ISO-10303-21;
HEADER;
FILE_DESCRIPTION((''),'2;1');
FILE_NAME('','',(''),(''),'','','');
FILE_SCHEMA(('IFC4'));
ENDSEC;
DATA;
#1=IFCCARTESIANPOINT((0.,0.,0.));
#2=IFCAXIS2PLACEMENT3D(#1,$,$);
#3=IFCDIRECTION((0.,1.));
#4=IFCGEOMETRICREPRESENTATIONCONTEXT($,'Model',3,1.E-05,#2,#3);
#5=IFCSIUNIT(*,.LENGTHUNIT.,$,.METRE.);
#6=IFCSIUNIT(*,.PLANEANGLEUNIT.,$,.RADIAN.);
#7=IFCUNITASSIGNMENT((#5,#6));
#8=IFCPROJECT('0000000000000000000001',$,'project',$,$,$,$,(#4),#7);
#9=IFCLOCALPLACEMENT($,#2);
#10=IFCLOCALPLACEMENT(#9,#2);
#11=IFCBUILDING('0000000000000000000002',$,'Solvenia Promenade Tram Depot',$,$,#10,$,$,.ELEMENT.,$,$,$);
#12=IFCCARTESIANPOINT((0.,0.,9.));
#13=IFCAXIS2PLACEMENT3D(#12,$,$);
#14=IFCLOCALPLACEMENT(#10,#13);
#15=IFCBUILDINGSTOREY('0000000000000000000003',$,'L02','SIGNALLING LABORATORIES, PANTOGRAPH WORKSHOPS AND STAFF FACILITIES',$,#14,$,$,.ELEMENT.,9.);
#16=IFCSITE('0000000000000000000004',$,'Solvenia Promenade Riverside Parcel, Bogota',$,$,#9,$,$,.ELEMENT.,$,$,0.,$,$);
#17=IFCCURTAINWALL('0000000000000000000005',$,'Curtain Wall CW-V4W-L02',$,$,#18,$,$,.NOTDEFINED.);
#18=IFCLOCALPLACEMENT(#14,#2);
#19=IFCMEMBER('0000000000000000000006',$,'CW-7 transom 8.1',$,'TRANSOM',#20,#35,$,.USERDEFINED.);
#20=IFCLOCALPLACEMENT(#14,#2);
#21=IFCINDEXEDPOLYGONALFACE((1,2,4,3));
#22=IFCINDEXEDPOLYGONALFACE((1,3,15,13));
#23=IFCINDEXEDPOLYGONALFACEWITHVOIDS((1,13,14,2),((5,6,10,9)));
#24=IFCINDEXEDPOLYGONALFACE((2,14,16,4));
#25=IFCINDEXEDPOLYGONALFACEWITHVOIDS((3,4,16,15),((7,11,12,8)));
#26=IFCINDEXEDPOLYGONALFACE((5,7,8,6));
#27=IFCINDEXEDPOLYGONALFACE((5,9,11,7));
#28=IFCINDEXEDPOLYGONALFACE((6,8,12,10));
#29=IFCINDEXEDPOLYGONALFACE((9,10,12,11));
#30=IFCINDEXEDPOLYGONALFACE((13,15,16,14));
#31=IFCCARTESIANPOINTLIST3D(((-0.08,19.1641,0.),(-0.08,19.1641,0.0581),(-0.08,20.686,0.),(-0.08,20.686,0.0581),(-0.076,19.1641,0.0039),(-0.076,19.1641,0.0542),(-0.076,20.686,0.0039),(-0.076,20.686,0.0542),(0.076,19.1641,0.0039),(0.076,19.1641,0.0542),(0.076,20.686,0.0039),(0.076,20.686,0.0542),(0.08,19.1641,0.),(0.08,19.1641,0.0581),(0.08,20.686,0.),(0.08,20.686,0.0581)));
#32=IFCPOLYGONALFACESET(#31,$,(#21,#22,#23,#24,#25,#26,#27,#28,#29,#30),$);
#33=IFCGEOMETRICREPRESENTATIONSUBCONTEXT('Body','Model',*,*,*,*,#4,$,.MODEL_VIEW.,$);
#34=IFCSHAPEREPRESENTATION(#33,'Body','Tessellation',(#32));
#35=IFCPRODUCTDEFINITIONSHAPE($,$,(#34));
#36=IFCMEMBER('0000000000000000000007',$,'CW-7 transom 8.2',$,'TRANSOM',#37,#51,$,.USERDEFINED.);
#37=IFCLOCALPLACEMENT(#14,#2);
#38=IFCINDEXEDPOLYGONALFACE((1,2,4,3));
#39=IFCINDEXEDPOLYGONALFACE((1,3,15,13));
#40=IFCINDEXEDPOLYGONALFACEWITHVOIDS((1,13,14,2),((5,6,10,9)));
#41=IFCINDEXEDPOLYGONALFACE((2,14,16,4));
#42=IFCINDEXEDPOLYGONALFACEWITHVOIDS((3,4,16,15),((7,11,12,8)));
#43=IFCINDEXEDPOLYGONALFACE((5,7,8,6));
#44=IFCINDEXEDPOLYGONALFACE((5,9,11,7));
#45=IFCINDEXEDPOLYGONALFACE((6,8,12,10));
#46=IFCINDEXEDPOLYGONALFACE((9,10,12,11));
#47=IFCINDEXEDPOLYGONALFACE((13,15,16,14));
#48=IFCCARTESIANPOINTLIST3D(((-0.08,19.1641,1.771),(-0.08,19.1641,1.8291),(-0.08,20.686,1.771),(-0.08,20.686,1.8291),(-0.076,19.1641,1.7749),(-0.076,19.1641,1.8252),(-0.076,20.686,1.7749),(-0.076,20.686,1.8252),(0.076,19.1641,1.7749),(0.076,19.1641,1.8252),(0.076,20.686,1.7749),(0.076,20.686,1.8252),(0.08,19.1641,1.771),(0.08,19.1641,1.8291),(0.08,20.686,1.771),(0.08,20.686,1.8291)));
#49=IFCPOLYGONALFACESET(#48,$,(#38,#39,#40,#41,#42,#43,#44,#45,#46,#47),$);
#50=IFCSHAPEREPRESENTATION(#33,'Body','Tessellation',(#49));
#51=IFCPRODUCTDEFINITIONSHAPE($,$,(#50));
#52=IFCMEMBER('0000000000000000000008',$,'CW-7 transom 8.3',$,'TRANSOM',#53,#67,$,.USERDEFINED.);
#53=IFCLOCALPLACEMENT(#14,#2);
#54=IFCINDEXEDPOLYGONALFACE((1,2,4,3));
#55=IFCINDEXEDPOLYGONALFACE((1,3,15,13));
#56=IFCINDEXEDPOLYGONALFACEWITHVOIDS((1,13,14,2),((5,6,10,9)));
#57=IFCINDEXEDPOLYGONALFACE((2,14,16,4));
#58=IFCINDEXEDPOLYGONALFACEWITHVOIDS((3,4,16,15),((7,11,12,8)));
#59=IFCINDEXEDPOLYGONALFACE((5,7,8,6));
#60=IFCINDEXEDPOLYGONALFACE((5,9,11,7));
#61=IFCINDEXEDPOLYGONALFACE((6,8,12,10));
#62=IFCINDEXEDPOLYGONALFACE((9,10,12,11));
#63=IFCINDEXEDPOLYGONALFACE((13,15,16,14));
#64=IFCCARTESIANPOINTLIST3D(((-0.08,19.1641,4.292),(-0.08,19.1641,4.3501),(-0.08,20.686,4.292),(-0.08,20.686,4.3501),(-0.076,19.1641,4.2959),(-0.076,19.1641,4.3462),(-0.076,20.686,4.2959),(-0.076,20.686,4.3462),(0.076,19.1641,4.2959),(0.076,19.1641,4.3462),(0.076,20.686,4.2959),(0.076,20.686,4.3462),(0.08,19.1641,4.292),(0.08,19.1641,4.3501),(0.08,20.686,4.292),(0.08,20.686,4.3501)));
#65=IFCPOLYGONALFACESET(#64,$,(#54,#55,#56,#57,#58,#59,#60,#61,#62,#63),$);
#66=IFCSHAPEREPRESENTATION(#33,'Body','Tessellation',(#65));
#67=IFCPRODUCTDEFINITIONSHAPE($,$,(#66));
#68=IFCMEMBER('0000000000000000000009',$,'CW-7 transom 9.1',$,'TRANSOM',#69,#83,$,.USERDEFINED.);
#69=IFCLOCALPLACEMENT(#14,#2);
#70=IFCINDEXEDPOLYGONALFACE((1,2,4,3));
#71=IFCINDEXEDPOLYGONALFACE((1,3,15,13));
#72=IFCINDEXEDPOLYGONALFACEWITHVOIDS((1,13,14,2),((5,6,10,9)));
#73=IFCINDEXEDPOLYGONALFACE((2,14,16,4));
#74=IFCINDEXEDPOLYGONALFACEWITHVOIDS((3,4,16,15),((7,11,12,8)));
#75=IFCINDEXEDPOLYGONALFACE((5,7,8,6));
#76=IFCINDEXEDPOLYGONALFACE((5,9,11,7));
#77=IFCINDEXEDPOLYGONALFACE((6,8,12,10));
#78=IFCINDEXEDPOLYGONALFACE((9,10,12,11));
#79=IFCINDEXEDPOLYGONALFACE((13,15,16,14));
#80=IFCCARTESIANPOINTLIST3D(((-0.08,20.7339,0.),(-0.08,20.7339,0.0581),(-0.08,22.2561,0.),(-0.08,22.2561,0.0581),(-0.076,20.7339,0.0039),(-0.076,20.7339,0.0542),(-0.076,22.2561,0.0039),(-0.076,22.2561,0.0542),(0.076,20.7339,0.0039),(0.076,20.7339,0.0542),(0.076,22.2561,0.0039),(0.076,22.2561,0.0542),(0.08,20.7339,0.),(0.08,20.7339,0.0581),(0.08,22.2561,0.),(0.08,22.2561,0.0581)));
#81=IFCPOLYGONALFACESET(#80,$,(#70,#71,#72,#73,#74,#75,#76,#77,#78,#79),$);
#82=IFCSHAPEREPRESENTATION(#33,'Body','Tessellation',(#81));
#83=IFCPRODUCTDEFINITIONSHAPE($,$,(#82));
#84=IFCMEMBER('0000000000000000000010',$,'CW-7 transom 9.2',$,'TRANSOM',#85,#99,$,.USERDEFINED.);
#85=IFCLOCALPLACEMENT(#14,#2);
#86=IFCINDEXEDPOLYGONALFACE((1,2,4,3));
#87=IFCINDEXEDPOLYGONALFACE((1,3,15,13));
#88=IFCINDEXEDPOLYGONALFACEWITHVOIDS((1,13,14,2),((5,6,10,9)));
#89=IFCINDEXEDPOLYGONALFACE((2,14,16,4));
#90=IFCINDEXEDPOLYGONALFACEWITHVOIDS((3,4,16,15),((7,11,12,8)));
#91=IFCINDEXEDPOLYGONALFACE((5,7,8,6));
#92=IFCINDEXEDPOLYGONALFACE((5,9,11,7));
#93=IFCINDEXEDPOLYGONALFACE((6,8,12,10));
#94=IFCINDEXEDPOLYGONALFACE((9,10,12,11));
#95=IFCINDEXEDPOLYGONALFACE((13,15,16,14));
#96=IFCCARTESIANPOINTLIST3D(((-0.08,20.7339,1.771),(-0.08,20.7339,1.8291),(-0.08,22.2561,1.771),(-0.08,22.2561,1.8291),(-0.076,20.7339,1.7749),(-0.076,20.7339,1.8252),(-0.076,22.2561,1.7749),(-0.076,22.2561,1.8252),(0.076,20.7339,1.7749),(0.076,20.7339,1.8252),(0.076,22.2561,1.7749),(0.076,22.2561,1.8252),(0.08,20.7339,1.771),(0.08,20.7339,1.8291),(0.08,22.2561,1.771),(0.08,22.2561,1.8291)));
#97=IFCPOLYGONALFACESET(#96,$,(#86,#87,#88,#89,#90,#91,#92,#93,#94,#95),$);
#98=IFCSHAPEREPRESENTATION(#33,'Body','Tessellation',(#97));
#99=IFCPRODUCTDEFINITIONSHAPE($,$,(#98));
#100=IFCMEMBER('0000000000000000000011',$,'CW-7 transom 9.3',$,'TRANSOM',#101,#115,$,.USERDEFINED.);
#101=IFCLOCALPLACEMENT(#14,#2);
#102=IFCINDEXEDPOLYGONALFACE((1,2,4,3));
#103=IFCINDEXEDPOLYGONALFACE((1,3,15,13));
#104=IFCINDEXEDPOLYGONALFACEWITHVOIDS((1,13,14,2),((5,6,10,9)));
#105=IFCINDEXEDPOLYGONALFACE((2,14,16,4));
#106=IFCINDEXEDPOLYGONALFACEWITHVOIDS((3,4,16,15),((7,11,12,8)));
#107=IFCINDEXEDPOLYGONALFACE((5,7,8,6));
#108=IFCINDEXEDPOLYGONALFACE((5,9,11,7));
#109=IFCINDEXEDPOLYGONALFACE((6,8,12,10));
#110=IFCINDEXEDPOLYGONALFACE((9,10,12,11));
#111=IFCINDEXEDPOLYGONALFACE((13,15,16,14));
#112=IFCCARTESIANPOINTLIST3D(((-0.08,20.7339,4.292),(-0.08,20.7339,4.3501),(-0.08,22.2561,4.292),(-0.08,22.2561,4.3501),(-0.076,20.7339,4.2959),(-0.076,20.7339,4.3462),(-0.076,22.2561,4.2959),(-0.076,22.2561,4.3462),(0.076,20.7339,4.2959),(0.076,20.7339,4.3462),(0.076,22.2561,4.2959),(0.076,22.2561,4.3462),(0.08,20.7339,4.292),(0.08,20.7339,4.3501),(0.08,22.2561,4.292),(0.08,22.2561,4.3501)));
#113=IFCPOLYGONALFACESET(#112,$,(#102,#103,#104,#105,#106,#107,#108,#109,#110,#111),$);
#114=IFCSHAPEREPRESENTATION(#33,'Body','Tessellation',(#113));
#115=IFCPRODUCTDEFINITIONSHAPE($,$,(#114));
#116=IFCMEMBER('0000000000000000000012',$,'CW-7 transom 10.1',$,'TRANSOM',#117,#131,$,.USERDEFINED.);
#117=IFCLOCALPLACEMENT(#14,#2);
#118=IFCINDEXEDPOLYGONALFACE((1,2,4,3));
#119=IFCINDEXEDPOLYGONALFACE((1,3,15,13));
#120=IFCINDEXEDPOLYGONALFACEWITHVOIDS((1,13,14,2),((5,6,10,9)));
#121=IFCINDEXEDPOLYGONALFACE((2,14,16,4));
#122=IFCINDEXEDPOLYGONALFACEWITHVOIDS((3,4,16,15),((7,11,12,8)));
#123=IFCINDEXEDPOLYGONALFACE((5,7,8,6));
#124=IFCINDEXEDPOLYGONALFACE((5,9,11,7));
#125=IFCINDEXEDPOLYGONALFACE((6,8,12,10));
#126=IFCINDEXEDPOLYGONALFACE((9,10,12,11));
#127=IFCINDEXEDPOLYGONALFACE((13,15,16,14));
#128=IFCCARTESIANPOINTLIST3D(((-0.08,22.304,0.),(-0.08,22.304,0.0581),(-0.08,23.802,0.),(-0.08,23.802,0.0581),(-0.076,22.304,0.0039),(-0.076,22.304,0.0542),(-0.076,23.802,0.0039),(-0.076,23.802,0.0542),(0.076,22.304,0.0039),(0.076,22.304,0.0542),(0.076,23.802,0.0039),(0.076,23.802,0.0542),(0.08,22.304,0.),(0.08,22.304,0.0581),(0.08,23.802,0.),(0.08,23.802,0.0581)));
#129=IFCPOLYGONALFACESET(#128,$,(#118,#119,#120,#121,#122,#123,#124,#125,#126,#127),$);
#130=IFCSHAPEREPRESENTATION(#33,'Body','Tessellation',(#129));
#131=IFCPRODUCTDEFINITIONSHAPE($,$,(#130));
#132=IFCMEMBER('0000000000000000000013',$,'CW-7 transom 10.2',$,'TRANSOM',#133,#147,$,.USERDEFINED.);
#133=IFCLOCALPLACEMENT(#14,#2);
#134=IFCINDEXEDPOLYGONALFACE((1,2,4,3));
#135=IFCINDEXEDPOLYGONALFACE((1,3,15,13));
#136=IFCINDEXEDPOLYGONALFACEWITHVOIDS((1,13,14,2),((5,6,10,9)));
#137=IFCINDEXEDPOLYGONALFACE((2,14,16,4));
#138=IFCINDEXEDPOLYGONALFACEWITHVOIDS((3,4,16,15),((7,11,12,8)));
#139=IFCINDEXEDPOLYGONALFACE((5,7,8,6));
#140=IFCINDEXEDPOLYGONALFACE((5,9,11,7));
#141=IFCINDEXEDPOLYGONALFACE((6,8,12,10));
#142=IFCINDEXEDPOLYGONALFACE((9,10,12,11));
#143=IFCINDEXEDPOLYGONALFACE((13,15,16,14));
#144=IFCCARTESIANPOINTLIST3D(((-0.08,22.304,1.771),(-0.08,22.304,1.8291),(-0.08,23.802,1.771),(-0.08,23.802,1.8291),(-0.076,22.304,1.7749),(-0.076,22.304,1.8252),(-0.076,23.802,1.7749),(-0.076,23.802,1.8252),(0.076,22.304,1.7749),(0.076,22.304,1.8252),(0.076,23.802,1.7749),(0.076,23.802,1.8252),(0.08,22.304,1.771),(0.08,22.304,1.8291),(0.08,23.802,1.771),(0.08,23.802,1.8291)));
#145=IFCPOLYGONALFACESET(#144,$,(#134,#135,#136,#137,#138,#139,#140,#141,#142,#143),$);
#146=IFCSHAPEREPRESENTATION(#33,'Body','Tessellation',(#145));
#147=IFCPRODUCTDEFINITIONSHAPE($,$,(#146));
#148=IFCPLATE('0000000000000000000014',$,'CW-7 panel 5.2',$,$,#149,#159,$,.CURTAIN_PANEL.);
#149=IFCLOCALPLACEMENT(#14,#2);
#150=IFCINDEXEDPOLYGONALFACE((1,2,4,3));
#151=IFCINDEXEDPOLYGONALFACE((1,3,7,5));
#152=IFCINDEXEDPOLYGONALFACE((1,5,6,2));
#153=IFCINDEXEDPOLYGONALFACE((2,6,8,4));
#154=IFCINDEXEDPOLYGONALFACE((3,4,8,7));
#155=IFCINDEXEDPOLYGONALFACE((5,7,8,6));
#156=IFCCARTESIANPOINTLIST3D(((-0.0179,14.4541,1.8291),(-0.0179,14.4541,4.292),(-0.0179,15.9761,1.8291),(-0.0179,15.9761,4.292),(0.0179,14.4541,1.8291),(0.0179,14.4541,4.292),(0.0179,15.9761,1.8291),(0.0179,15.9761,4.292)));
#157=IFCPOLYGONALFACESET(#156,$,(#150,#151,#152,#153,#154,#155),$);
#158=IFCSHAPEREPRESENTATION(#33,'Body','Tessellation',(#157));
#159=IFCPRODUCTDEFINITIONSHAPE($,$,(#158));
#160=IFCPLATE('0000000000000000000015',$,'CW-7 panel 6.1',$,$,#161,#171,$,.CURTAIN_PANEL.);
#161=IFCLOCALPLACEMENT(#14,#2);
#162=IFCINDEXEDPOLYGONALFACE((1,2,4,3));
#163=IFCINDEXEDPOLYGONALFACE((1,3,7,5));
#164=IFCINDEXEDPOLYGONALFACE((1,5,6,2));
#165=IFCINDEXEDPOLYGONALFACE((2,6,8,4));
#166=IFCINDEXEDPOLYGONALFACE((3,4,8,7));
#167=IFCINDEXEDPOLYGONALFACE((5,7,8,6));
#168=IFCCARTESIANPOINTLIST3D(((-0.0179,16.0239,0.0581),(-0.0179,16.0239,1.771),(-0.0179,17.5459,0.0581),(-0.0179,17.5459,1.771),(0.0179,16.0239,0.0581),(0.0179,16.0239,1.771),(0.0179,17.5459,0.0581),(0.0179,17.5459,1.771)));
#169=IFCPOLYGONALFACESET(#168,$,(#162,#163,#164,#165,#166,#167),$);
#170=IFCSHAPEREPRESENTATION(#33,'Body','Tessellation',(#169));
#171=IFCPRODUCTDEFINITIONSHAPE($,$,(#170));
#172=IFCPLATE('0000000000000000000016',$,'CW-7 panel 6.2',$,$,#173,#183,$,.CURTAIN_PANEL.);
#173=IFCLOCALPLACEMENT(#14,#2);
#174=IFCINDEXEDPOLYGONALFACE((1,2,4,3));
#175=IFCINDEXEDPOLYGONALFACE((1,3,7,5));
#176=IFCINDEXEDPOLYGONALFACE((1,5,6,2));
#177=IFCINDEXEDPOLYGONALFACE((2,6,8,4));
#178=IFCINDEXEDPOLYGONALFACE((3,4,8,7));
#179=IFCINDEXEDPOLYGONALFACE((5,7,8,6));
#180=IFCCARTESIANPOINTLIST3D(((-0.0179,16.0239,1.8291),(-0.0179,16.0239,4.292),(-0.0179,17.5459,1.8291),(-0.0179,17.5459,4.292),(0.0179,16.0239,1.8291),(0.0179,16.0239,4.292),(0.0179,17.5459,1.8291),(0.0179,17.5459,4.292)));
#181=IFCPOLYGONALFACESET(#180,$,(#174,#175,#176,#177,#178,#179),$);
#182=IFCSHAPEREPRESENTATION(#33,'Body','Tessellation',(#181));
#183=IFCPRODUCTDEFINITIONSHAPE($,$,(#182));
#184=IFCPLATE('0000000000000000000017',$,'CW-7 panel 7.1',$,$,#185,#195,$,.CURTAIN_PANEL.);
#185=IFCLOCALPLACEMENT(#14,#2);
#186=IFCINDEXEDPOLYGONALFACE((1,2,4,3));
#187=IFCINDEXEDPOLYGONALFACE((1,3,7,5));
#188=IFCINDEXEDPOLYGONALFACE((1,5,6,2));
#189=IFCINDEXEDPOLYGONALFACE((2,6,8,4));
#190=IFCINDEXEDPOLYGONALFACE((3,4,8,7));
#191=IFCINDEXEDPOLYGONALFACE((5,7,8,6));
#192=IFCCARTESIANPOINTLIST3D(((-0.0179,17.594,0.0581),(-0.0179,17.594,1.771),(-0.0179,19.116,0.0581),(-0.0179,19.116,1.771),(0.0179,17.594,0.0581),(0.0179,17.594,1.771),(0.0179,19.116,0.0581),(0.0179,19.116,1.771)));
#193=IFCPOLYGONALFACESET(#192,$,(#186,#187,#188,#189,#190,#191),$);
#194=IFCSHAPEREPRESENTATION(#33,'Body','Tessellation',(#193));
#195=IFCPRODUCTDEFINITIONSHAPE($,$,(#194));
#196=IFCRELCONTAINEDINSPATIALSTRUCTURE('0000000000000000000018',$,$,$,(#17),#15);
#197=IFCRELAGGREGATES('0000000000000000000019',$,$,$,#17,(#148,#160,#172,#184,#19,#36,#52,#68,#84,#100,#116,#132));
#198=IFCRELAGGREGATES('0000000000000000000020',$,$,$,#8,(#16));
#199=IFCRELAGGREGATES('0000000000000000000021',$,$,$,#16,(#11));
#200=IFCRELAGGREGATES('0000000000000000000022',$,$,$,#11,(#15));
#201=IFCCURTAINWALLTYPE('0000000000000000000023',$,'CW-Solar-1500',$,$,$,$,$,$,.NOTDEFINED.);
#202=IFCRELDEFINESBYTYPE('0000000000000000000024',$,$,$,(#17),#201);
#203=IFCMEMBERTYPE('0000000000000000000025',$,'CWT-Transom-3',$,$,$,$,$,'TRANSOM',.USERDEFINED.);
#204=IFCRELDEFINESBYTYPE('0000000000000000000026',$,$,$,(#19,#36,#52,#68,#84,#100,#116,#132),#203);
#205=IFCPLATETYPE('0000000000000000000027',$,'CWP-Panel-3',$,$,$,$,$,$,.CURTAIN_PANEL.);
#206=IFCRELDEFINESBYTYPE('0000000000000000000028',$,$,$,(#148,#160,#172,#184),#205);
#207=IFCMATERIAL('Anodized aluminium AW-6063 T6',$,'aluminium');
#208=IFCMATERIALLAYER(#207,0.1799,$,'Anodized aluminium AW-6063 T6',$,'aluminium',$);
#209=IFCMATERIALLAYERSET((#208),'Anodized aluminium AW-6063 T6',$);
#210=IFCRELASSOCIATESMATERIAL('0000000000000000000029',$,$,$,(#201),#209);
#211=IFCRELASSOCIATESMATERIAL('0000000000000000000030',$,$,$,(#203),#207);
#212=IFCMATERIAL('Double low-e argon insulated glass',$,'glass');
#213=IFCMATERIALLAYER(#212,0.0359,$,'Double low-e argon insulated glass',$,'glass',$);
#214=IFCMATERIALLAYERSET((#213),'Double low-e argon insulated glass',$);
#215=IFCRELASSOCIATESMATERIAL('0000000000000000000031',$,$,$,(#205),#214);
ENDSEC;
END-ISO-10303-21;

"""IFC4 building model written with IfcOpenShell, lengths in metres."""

from ifc_helpers import new_model, si_unit, direction, frame, origin, origin_2d, place, context, subcontext, project, spatial, rectangle, hollow_rectangle, extrude, material, layer, layer_set, material_profile, profile_set, type_object, element, aggregate, save


model = new_model("IFC4")

# Units and contexts
model_context = context("Model", 3, precision=1e-05, world=origin(), true_north=direction((0.0, 1.0)))
body_context = subcontext(model_context, "Body", "Model", "MODEL_VIEW")
ifc_project = project(units=[si_unit("LENGTHUNIT", "METRE"), si_unit("PLANEANGLEUNIT", "RADIAN")], contexts=[model_context])

# Site, building, storey
site_placement = place(None, origin())
site = spatial("IfcSite", under=ifc_project, at=site_placement, Name="Solvenia Promenade Riverside Parcel, Bogota", CompositionType="ELEMENT", RefElevation=0.0)
building_placement = place(site_placement, origin())
building = spatial("IfcBuilding", under=site, at=building_placement, Name="Solvenia Promenade Tram Depot", CompositionType="ELEMENT")
storey_placement = place(building_placement, frame((0.0, 0.0, 9.0)))
storey = spatial("IfcBuildingStorey", under=building, at=storey_placement, Name="L02", Description="SIGNALLING LABORATORIES, PANTOGRAPH WORKSHOPS AND STAFF FACILITIES", CompositionType="ELEMENT", Elevation=9.0)

# Curtain wall, members, plates
ifc_material_1 = material(Name="Anodized aluminium AW-6063 T6", Category="aluminium")
ifc_layer_1 = layer(ifc_material_1, 0.1799, Name="Anodized aluminium AW-6063 T6", Category="aluminium")
ifc_layer_set_1 = layer_set([ifc_layer_1], Name="Anodized aluminium AW-6063 T6")
curtain_wall_type = type_object("IfcCurtainWallType", Name="CW-Solar-1500", PredefinedType="NOTDEFINED", material=ifc_layer_set_1)
curtain_wall_placement = place(storey_placement, origin())
curtain_wall = element("IfcCurtainWall", 1, at=curtain_wall_placement, inside=storey, type_object=curtain_wall_type, Name="Curtain Wall CW-V4W-L02", PredefinedType="NOTDEFINED")
ifc_material_profile_1 = material_profile(ifc_material_1, hollow_rectangle(XDim=0.1599, YDim=0.0581, WallThickness=0.0039, at=origin_2d()), Name="ALU-T3", Category="aluminium")
ifc_profile_set_1 = profile_set([ifc_material_profile_1], Name="Anodized aluminium AW-6063 T6")
member_type_1 = type_object("IfcMemberType", Name="CWT-Transom-3", ElementType="TRANSOM", PredefinedType="USERDEFINED", material=ifc_profile_set_1)
member_1_placement = place(storey_placement, frame((0.0, 19.1641, 0.0291), z_axis=(0.0, 1.0, 0.0), x_axis=(-1.0, 0.0, 0.0)))
member_1 = element("IfcMember", 2, at=member_1_placement, type_object=member_type_1, Name="CW-7 transom 8.1", ObjectType="TRANSOM", PredefinedType="USERDEFINED", context=body_context, shape_type="SweptSolid", body=[
    extrude(hollow_rectangle(XDim=0.1599, YDim=0.0581, WallThickness=0.0039, at=origin_2d()), origin(), (0.0, 0.0, 1.0), 1.522),
])
member_2_placement = place(storey_placement, frame((0.0, 19.1641, 1.8), z_axis=(0.0, 1.0, 0.0), x_axis=(-1.0, 0.0, 0.0)))
member_2 = element("IfcMember", 3, at=member_2_placement, type_object=member_type_1, Name="CW-7 transom 8.2", ObjectType="TRANSOM", PredefinedType="USERDEFINED", context=body_context, shape_type="SweptSolid", body=[
    extrude(hollow_rectangle(XDim=0.1599, YDim=0.0581, WallThickness=0.0039, at=origin_2d()), origin(), (0.0, 0.0, 1.0), 1.522),
])
member_3_placement = place(storey_placement, frame((0.0, 19.1641, 4.321), z_axis=(0.0, 1.0, 0.0), x_axis=(-1.0, 0.0, 0.0)))
member_3 = element("IfcMember", 4, at=member_3_placement, type_object=member_type_1, Name="CW-7 transom 8.3", ObjectType="TRANSOM", PredefinedType="USERDEFINED", context=body_context, shape_type="SweptSolid", body=[
    extrude(hollow_rectangle(XDim=0.1599, YDim=0.0581, WallThickness=0.0039, at=origin_2d()), origin(), (0.0, 0.0, 1.0), 1.522),
])
member_4_placement = place(storey_placement, frame((0.0, 20.7339, 0.0291), z_axis=(0.0, 1.0, 0.0), x_axis=(-1.0, 0.0, 0.0)))
member_4 = element("IfcMember", 5, at=member_4_placement, type_object=member_type_1, Name="CW-7 transom 9.1", ObjectType="TRANSOM", PredefinedType="USERDEFINED", context=body_context, shape_type="SweptSolid", body=[
    extrude(hollow_rectangle(XDim=0.1599, YDim=0.0581, WallThickness=0.0039, at=origin_2d()), origin(), (0.0, 0.0, 1.0), 1.5222),
])
member_5_placement = place(storey_placement, frame((0.0, 20.7339, 1.8), z_axis=(0.0, 1.0, 0.0), x_axis=(-1.0, 0.0, 0.0)))
member_5 = element("IfcMember", 6, at=member_5_placement, type_object=member_type_1, Name="CW-7 transom 9.2", ObjectType="TRANSOM", PredefinedType="USERDEFINED", context=body_context, shape_type="SweptSolid", body=[
    extrude(hollow_rectangle(XDim=0.1599, YDim=0.0581, WallThickness=0.0039, at=origin_2d()), origin(), (0.0, 0.0, 1.0), 1.5222),
])
member_6_placement = place(storey_placement, frame((0.0, 20.7339, 4.321), z_axis=(0.0, 1.0, 0.0), x_axis=(-1.0, 0.0, 0.0)))
member_6 = element("IfcMember", 7, at=member_6_placement, type_object=member_type_1, Name="CW-7 transom 9.3", ObjectType="TRANSOM", PredefinedType="USERDEFINED", context=body_context, shape_type="SweptSolid", body=[
    extrude(hollow_rectangle(XDim=0.1599, YDim=0.0581, WallThickness=0.0039, at=origin_2d()), origin(), (0.0, 0.0, 1.0), 1.5222),
])
member_7_placement = place(storey_placement, frame((0.0, 22.304, 0.0291), z_axis=(0.0, 1.0, 0.0), x_axis=(-1.0, 0.0, 0.0)))
member_7 = element("IfcMember", 8, at=member_7_placement, type_object=member_type_1, Name="CW-7 transom 10.1", ObjectType="TRANSOM", PredefinedType="USERDEFINED", context=body_context, shape_type="SweptSolid", body=[
    extrude(hollow_rectangle(XDim=0.1599, YDim=0.0581, WallThickness=0.0039, at=origin_2d()), origin(), (0.0, 0.0, 1.0), 1.498),
])
member_8_placement = place(storey_placement, frame((0.0, 22.304, 1.8), z_axis=(0.0, 1.0, 0.0), x_axis=(-1.0, 0.0, 0.0)))
member_8 = element("IfcMember", 9, at=member_8_placement, type_object=member_type_1, Name="CW-7 transom 10.2", ObjectType="TRANSOM", PredefinedType="USERDEFINED", context=body_context, shape_type="SweptSolid", body=[
    extrude(hollow_rectangle(XDim=0.1599, YDim=0.0581, WallThickness=0.0039, at=origin_2d()), origin(), (0.0, 0.0, 1.0), 1.498),
])
ifc_material_2 = material(Name="Double low-e argon insulated glass", Category="glass")
ifc_layer_2 = layer(ifc_material_2, 0.0359, Name="Double low-e argon insulated glass", Category="glass")
ifc_layer_set_2 = layer_set([ifc_layer_2], Name="Double low-e argon insulated glass")
plate_type_1 = type_object("IfcPlateType", Name="CWP-Panel-3", PredefinedType="CURTAIN_PANEL", material=ifc_layer_set_2)
plate_1_placement = place(storey_placement, frame((0.0, 15.2151, 1.8291), z_axis=(0.0, 0.0, 1.0), x_axis=(0.0, 1.0, 0.0)))
plate_1 = element("IfcPlate", 10, at=plate_1_placement, type_object=plate_type_1, Name="CW-7 panel 5.2", PredefinedType="CURTAIN_PANEL", context=body_context, shape_type="SweptSolid", body=[
    extrude(rectangle(XDim=1.522, YDim=0.0359, at=origin_2d()), origin(), (0.0, 0.0, 1.0), 2.4629),
])
plate_2_placement = place(storey_placement, frame((0.0, 16.7849, 0.0581), z_axis=(0.0, 0.0, 1.0), x_axis=(0.0, 1.0, 0.0)))
plate_2 = element("IfcPlate", 11, at=plate_2_placement, type_object=plate_type_1, Name="CW-7 panel 6.1", PredefinedType="CURTAIN_PANEL", context=body_context, shape_type="SweptSolid", body=[
    extrude(rectangle(XDim=1.522, YDim=0.0359, at=origin_2d()), origin(), (0.0, 0.0, 1.0), 1.7129),
])
plate_3_placement = place(storey_placement, frame((0.0, 16.7849, 1.8291), z_axis=(0.0, 0.0, 1.0), x_axis=(0.0, 1.0, 0.0)))
plate_3 = element("IfcPlate", 12, at=plate_3_placement, type_object=plate_type_1, Name="CW-7 panel 6.2", PredefinedType="CURTAIN_PANEL", context=body_context, shape_type="SweptSolid", body=[
    extrude(rectangle(XDim=1.522, YDim=0.0359, at=origin_2d()), origin(), (0.0, 0.0, 1.0), 2.4629),
])
plate_4_placement = place(storey_placement, frame((0.0, 18.355, 0.0581), z_axis=(0.0, 0.0, 1.0), x_axis=(0.0, 1.0, 0.0)))
plate_4 = element("IfcPlate", 13, at=plate_4_placement, type_object=plate_type_1, Name="CW-7 panel 7.1", PredefinedType="CURTAIN_PANEL", context=body_context, shape_type="SweptSolid", body=[
    extrude(rectangle(XDim=1.522, YDim=0.0359, at=origin_2d()), origin(), (0.0, 0.0, 1.0), 1.7129),
])
aggregate(curtain_wall, [plate_1, plate_2, plate_3, plate_4, member_1, member_2, member_3, member_4, member_5, member_6, member_7, member_8])

save(model, "model.ifc")
